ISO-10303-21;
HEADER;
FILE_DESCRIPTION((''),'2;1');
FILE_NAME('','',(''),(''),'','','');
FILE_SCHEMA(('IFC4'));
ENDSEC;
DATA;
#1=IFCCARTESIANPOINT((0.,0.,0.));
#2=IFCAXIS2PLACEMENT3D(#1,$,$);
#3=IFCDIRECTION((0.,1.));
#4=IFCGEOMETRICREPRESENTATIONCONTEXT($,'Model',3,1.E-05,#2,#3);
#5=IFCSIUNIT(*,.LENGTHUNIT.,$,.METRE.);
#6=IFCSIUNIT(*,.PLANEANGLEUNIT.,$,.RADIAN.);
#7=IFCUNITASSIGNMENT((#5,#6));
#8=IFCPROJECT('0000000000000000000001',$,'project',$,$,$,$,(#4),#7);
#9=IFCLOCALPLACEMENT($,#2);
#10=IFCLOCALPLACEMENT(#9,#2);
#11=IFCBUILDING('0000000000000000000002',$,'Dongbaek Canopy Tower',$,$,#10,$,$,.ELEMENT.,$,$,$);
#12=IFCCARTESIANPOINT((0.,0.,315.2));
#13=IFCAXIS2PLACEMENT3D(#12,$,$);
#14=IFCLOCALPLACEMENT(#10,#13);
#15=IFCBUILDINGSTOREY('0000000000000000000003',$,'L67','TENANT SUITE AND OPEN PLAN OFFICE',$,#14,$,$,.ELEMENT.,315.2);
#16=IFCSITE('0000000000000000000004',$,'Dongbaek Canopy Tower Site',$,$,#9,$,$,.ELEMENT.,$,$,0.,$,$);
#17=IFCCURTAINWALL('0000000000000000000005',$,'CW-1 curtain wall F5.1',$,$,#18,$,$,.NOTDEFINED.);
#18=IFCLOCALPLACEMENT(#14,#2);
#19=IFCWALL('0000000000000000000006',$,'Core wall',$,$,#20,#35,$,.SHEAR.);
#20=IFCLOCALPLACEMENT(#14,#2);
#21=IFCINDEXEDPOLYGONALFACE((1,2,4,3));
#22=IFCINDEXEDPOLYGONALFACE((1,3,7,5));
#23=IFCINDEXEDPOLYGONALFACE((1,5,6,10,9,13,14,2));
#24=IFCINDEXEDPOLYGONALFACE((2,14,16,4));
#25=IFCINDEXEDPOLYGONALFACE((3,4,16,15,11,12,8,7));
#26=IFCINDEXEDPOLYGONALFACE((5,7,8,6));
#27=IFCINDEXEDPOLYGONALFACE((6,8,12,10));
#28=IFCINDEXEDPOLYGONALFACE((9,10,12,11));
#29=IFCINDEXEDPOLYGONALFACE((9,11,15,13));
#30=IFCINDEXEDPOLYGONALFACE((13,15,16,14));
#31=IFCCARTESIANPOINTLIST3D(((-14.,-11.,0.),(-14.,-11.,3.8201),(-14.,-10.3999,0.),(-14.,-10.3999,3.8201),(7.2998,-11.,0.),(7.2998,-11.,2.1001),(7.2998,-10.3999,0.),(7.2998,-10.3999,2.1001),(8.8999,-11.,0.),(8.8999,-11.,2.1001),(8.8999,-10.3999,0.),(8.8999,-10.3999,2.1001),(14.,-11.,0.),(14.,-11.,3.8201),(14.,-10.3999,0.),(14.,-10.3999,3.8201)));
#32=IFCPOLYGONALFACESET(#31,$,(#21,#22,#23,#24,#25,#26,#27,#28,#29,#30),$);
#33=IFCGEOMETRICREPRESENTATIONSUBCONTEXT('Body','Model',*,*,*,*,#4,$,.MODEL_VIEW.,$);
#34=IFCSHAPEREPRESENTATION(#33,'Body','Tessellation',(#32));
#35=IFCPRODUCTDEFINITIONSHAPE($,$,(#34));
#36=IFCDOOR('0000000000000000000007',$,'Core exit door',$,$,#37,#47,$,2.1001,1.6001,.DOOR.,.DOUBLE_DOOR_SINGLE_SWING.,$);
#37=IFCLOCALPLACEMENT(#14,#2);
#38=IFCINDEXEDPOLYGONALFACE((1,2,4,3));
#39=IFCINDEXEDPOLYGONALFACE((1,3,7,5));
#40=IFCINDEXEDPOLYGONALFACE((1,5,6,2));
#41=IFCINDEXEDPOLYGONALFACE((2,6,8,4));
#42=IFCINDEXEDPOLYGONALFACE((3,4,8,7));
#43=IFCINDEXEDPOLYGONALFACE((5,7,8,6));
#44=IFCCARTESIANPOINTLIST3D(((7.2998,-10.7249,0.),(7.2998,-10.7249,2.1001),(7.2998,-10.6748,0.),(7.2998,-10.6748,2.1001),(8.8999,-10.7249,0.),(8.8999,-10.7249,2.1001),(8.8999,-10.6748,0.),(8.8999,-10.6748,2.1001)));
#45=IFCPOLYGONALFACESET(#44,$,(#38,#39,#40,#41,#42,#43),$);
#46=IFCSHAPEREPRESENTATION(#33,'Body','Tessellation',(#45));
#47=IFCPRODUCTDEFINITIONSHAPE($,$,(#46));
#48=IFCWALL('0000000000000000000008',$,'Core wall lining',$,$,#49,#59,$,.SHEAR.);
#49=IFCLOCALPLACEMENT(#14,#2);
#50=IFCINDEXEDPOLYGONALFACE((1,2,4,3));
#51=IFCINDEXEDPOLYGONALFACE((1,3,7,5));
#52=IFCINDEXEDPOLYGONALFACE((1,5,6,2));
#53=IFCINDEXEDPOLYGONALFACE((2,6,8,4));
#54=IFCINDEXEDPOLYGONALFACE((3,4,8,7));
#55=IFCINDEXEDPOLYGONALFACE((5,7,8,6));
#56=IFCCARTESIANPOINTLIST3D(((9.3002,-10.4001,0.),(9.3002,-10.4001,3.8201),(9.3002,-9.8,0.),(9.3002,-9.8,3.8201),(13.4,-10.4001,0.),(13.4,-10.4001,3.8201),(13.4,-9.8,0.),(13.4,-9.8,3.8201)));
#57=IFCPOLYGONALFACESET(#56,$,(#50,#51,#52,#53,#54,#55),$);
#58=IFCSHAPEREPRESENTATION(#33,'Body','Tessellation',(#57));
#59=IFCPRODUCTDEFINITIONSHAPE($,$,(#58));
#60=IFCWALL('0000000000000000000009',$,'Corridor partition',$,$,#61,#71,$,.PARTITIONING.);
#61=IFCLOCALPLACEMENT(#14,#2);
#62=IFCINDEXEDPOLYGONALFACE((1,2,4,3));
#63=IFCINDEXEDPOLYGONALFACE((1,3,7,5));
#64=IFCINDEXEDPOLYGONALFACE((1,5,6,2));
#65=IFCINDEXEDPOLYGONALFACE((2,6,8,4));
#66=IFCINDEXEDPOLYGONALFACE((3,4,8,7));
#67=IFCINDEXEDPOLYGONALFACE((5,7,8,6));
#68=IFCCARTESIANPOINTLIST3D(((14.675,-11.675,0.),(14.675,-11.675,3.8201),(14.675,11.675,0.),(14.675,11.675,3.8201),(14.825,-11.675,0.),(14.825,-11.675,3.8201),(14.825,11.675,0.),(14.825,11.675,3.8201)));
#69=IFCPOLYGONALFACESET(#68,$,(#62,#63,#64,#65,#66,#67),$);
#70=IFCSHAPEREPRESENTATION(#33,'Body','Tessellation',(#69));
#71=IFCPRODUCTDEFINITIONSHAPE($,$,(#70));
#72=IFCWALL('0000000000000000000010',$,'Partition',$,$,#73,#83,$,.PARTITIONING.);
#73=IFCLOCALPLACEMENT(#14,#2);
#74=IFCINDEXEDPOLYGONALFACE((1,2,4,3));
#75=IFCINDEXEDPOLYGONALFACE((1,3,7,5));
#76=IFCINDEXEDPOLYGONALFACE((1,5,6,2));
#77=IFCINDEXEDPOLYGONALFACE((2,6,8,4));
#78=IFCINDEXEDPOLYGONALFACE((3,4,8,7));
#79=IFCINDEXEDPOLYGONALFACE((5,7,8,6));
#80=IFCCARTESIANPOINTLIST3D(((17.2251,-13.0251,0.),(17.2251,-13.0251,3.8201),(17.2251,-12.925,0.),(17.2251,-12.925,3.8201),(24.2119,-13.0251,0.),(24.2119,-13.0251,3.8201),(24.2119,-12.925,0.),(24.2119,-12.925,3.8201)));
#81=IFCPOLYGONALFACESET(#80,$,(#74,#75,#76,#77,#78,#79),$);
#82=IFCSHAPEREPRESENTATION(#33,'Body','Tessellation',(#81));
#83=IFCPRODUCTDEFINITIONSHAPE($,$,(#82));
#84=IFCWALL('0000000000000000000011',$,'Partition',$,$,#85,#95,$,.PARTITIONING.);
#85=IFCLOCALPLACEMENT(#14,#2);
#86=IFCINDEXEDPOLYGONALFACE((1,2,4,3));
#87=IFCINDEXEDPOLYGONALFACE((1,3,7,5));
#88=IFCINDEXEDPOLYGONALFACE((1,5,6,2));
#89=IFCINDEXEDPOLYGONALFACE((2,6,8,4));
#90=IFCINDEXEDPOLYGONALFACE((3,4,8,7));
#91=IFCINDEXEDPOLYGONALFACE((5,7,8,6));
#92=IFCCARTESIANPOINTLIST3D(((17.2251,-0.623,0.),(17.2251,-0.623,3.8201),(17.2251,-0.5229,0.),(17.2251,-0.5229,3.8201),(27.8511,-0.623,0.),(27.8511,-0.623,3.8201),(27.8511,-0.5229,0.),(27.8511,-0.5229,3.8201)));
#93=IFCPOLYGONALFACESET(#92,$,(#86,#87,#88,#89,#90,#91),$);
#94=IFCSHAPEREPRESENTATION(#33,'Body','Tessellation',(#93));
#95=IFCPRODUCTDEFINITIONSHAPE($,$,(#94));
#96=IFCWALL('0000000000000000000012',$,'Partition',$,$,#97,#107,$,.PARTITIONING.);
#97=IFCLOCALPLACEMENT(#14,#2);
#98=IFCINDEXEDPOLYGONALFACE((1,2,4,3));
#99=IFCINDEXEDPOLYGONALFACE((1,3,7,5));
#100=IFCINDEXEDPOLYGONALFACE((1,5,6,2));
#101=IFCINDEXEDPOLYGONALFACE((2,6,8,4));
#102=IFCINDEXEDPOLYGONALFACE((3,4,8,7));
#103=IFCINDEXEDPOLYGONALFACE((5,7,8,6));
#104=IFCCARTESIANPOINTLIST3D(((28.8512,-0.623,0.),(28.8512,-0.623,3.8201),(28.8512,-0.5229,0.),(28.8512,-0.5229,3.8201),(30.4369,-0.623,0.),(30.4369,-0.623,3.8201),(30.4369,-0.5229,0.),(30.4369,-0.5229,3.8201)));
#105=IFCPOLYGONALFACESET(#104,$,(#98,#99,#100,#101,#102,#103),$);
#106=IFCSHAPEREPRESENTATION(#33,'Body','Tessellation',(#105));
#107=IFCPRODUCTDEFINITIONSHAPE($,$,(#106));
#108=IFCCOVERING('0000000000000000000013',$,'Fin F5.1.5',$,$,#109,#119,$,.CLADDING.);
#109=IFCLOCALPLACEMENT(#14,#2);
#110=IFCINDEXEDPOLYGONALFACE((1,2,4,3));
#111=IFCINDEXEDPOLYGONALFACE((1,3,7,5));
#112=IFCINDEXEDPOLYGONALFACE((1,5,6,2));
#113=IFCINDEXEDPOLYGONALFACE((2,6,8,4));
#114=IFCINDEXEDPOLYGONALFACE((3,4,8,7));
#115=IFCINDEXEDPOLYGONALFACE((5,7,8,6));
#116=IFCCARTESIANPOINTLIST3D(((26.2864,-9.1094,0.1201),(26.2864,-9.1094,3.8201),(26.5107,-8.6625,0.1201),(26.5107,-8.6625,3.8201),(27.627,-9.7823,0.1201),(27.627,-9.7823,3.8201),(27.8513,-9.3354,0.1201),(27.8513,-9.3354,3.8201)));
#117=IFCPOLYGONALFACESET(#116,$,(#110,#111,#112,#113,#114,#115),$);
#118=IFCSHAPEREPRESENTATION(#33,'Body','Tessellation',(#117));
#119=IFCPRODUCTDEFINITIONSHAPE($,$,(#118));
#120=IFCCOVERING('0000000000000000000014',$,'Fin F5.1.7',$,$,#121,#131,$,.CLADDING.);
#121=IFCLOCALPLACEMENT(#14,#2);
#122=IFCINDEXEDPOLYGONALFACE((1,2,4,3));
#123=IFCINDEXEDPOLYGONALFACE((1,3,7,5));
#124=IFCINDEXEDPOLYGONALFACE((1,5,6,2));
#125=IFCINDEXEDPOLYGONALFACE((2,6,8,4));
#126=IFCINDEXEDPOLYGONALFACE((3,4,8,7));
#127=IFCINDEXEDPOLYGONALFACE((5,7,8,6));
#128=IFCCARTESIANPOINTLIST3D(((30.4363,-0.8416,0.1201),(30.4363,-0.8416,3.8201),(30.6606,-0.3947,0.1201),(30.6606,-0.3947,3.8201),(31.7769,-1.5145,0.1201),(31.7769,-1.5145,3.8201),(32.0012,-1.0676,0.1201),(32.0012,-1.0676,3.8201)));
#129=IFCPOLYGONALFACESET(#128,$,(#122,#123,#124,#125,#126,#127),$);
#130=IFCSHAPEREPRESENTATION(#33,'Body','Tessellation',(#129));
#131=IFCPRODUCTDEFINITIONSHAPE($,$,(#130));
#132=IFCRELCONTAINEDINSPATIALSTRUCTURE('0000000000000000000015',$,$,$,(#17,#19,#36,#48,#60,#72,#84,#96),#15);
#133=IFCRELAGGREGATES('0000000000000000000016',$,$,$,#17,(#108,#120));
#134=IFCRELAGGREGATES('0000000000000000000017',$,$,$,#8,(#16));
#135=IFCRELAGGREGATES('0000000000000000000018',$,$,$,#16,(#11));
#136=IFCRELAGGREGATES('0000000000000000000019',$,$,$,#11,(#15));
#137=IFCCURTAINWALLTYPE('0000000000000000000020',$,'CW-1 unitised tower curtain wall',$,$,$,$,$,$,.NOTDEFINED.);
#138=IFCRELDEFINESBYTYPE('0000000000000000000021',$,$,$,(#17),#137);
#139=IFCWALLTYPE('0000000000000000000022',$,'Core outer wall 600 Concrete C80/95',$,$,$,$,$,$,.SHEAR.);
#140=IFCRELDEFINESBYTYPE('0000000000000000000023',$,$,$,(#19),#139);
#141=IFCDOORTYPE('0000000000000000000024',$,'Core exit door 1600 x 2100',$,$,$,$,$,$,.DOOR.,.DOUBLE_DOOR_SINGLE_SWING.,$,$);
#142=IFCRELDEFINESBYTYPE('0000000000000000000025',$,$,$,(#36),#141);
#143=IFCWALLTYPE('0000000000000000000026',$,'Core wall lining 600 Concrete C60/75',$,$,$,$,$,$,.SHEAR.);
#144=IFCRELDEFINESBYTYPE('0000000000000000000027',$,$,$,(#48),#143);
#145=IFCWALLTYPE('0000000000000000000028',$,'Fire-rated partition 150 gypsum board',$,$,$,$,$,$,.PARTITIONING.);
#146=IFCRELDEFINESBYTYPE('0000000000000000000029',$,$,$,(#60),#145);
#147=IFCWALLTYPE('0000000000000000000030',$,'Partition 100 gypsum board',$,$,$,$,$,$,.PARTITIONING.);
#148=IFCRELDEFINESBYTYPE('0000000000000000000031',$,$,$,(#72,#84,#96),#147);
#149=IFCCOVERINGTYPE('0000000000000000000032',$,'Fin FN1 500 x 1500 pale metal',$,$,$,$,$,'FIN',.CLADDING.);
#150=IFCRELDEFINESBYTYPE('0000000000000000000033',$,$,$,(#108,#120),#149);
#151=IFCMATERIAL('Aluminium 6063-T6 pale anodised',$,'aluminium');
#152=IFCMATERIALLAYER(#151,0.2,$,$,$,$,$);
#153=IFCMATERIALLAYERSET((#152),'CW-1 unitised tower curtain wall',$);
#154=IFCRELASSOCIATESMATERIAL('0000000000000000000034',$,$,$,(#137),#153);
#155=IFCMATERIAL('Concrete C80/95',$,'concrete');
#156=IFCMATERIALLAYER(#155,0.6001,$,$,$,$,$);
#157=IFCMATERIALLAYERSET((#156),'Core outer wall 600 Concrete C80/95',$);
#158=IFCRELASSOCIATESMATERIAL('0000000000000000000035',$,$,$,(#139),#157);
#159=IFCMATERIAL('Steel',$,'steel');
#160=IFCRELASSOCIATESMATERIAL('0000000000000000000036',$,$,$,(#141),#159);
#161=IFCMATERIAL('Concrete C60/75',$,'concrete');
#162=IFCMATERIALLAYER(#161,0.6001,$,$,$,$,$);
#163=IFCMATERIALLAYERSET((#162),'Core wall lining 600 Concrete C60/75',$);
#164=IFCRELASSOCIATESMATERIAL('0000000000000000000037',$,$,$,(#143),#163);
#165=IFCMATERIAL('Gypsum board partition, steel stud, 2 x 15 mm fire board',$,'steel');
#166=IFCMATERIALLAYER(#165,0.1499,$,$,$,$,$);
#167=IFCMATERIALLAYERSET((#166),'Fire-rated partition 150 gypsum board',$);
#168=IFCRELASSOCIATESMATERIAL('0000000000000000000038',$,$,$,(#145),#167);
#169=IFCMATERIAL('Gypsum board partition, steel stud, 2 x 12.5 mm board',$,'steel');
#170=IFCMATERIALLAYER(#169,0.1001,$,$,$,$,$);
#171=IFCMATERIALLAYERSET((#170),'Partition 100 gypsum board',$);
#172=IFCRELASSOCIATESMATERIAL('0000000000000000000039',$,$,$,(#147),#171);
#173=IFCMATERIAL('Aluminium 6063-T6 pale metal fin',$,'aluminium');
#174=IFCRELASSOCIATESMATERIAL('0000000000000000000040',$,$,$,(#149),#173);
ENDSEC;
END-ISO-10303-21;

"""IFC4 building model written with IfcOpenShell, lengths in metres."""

from ifc_helpers import new_model, si_unit, direction, frame, frame_2d, origin, origin_2d, place, context, subcontext, project, spatial, rectangle, extrude, material, layer, layer_set, material_profile, profile_set, type_object, element, fill, aggregate, save


model = new_model("IFC4")

# Units and contexts
model_context = context("Model", 3, precision=1e-05, world=origin(), true_north=direction((0.0, 1.0)))
body_context = subcontext(model_context, "Body", "Model", "MODEL_VIEW")
ifc_project = project(units=[si_unit("LENGTHUNIT", "METRE"), si_unit("PLANEANGLEUNIT", "RADIAN")], contexts=[model_context])

# Site, building, storey
site_placement = place(None, origin())
site = spatial("IfcSite", under=ifc_project, at=site_placement, Name="Dongbaek Canopy Tower Site", CompositionType="ELEMENT", RefElevation=0.0)
building_placement = place(site_placement, origin())
building = spatial("IfcBuilding", under=site, at=building_placement, Name="Dongbaek Canopy Tower", CompositionType="ELEMENT")
storey_placement = place(building_placement, frame((0.0, 0.0, 315.2)))
storey = spatial("IfcBuildingStorey", under=building, at=storey_placement, Name="L67", Description="TENANT SUITE AND OPEN PLAN OFFICE", CompositionType="ELEMENT", Elevation=315.2)

# Curtain wall
ifc_material_1 = material(Name="Aluminium 6063-T6 pale anodised", Category="aluminium")
ifc_layer_1 = layer(ifc_material_1, 0.2)
ifc_layer_set_1 = layer_set([ifc_layer_1], Name="CW-1 unitised tower curtain wall")
curtain_wall_type = type_object("IfcCurtainWallType", Name="CW-1 unitised tower curtain wall", PredefinedType="NOTDEFINED", material=ifc_layer_set_1)
curtain_wall_placement = place(storey_placement, origin())
curtain_wall = element("IfcCurtainWall", 1, at=curtain_wall_placement, inside=storey, type_object=curtain_wall_type, Name="CW-1 curtain wall F5.1", PredefinedType="NOTDEFINED")

# Wall, opening, door
ifc_material_2 = material(Name="Concrete C80/95", Category="concrete")
ifc_layer_2 = layer(ifc_material_2, 0.6001)
ifc_layer_set_2 = layer_set([ifc_layer_2], Name="Core outer wall 600 Concrete C80/95")
wall_type_1 = type_object("IfcWallType", Name="Core outer wall 600 Concrete C80/95", PredefinedType="SHEAR", material=ifc_layer_set_2)
wall_1_placement = place(storey_placement, frame((14.0, -10.7, 0.0), z_axis=(0.0, 0.0, 1.0), x_axis=(-1.0, 0.0, 0.0)))
wall_1 = element("IfcWall", 2, at=wall_1_placement, inside=storey, type_object=wall_type_1, Name="Core wall", PredefinedType="SHEAR", context=body_context, shape_type="SweptSolid", body=[
    extrude(rectangle(XDim=28.0, YDim=0.6001, at=frame_2d((14.0, 0.0))), origin(), (0.0, 0.0, 1.0), 3.8201),
])
opening_placement = place(wall_1_placement, frame((5.1001, 0.0, 0.0)))
opening = element("IfcOpeningElement", 3, at=opening_placement, cuts=wall_1, PredefinedType="OPENING", context=body_context, shape_type="SweptSolid", body=[
    extrude(rectangle(XDim=1.6001, YDim=2.1001, at=frame_2d((0.8, 1.05))), frame((0.0, 0.3101, 0.0), z_axis=(0.0, -1.0, 0.0), x_axis=(1.0, 0.0, 0.0)), (0.0, 0.0, 1.0), 0.6201),
])
ifc_material_3 = material(Name="Steel", Category="steel")
door_type = type_object("IfcDoorType", Name="Core exit door 1600 x 2100", OperationType="DOUBLE_DOOR_SINGLE_SWING", PredefinedType="DOOR", material=ifc_material_3)
door_placement = place(opening_placement, origin())
door = element("IfcDoor", 4, at=door_placement, inside=storey, type_object=door_type, Name="Core exit door", OperationType="DOUBLE_DOOR_SINGLE_SWING", OverallHeight=2.1001, OverallWidth=1.6001, PredefinedType="DOOR", context=body_context, shape_type="SweptSolid", body=[
    extrude(rectangle(XDim=1.6001, YDim=2.1001, at=frame_2d((0.8, 1.05))), frame((0.0, 0.0249, 0.0), z_axis=(0.0, -1.0, 0.0), x_axis=(1.0, 0.0, 0.0)), (0.0, 0.0, 1.0), 0.05),
])
fill(opening, door)

# Walls
ifc_material_4 = material(Name="Concrete C60/75", Category="concrete")
ifc_layer_3 = layer(ifc_material_4, 0.6001)
ifc_layer_set_3 = layer_set([ifc_layer_3], Name="Core wall lining 600 Concrete C60/75")
wall_type_2 = type_object("IfcWallType", Name="Core wall lining 600 Concrete C60/75", PredefinedType="SHEAR", material=ifc_layer_set_3)
wall_2_placement = place(storey_placement, frame((13.3999, -10.1001, 0.0), z_axis=(0.0, 0.0, 1.0), x_axis=(-1.0, 0.0, 0.0)))
element("IfcWall", 5, at=wall_2_placement, inside=storey, type_object=wall_type_2, Name="Core wall lining", PredefinedType="SHEAR", context=body_context, shape_type="SweptSolid", body=[
    extrude(rectangle(XDim=4.0999, YDim=0.6001, at=frame_2d((2.0498, 0.0))), origin(), (0.0, 0.0, 1.0), 3.8201),
])
ifc_material_5 = material(Name="Gypsum board partition, steel stud, 2 x 15 mm fire board", Category="steel")
ifc_layer_4 = layer(ifc_material_5, 0.1499)
ifc_layer_set_4 = layer_set([ifc_layer_4], Name="Fire-rated partition 150 gypsum board")
wall_type_3 = type_object("IfcWallType", Name="Fire-rated partition 150 gypsum board", PredefinedType="PARTITIONING", material=ifc_layer_set_4)
wall_3_placement = place(storey_placement, frame((14.75, -11.675, 0.0), z_axis=(0.0, 0.0, 1.0), x_axis=(0.0, 1.0, 0.0)))
element("IfcWall", 6, at=wall_3_placement, inside=storey, type_object=wall_type_3, Name="Corridor partition", PredefinedType="PARTITIONING", context=body_context, shape_type="SweptSolid", body=[
    extrude(rectangle(XDim=23.3501, YDim=0.1499, at=frame_2d((11.675, 0.0))), origin(), (0.0, 0.0, 1.0), 3.8201),
])
ifc_material_6 = material(Name="Gypsum board partition, steel stud, 2 x 12.5 mm board", Category="steel")
ifc_layer_5 = layer(ifc_material_6, 0.1001)
ifc_layer_set_5 = layer_set([ifc_layer_5], Name="Partition 100 gypsum board")
wall_type_4 = type_object("IfcWallType", Name="Partition 100 gypsum board", PredefinedType="PARTITIONING", material=ifc_layer_set_5)
wall_4_placement = place(storey_placement, frame((17.2251, -12.9751, 0.0), z_axis=(0.0, 0.0, 1.0), x_axis=(1.0, 0.0, 0.0)))
element("IfcWall", 7, at=wall_4_placement, inside=storey, type_object=wall_type_4, Name="Partition", PredefinedType="PARTITIONING", context=body_context, shape_type="SweptSolid", body=[
    extrude(rectangle(XDim=6.9868, YDim=0.1001, at=frame_2d((3.4934, 0.0))), origin(), (0.0, 0.0, 1.0), 3.8201),
])
wall_5_placement = place(storey_placement, frame((17.2251, -0.573, 0.0), z_axis=(0.0, 0.0, 1.0), x_axis=(1.0, 0.0, 0.0)))
element("IfcWall", 8, at=wall_5_placement, inside=storey, type_object=wall_type_4, Name="Partition", PredefinedType="PARTITIONING", context=body_context, shape_type="SweptSolid", body=[
    extrude(rectangle(XDim=10.626, YDim=0.1001, at=frame_2d((5.313, 0.0))), origin(), (0.0, 0.0, 1.0), 3.8201),
])
wall_6_placement = place(storey_placement, frame((28.8511, -0.573, 0.0), z_axis=(0.0, 0.0, 1.0), x_axis=(1.0, 0.0, 0.0)))
element("IfcWall", 9, at=wall_6_placement, inside=storey, type_object=wall_type_4, Name="Partition", PredefinedType="PARTITIONING", context=body_context, shape_type="SweptSolid", body=[
    extrude(rectangle(XDim=1.5857, YDim=0.1001, at=frame_2d((0.793, 0.0))), origin(), (0.0, 0.0, 1.0), 3.8201),
])

# Coverings
ifc_material_7 = material(Name="Aluminium 6063-T6 pale metal fin", Category="aluminium")
ifc_material_profile_1 = material_profile(ifc_material_7, rectangle(XDim=1.5, YDim=0.5, at=origin_2d()), Name="Fin FN1 500 x 1500 pale metal")
ifc_profile_set_1 = profile_set([ifc_material_profile_1], Name="Aluminium 6063-T6 pale metal fin")
covering_type = type_object("IfcCoveringType", Name="Fin FN1 500 x 1500 pale metal", ElementType="FIN", PredefinedType="CLADDING", material=ifc_profile_set_1)
covering_1_placement = place(storey_placement, frame((27.0688, -9.2224, 0.1201), z_axis=(0.0, 0.0, 1.0), x_axis=(0.893733, -0.448598, 0.0)))
covering_1 = element("IfcCovering", 10, at=covering_1_placement, type_object=covering_type, Name="Fin F5.1.5", PredefinedType="CLADDING", context=body_context, shape_type="SweptSolid", body=[
    extrude(rectangle(XDim=1.5, YDim=0.5, at=origin_2d()), origin(), (0.0, 0.0, 1.0), 3.7),
])
covering_2_placement = place(storey_placement, frame((31.2188, -0.9546, 0.1201), z_axis=(0.0, 0.0, 1.0), x_axis=(0.893733, -0.448598, 0.0)))
covering_2 = element("IfcCovering", 11, at=covering_2_placement, type_object=covering_type, Name="Fin F5.1.7", PredefinedType="CLADDING", context=body_context, shape_type="SweptSolid", body=[
    extrude(rectangle(XDim=1.5, YDim=0.5, at=origin_2d()), origin(), (0.0, 0.0, 1.0), 3.7),
])
aggregate(curtain_wall, [covering_1, covering_2])

save(model, "model.ifc")
